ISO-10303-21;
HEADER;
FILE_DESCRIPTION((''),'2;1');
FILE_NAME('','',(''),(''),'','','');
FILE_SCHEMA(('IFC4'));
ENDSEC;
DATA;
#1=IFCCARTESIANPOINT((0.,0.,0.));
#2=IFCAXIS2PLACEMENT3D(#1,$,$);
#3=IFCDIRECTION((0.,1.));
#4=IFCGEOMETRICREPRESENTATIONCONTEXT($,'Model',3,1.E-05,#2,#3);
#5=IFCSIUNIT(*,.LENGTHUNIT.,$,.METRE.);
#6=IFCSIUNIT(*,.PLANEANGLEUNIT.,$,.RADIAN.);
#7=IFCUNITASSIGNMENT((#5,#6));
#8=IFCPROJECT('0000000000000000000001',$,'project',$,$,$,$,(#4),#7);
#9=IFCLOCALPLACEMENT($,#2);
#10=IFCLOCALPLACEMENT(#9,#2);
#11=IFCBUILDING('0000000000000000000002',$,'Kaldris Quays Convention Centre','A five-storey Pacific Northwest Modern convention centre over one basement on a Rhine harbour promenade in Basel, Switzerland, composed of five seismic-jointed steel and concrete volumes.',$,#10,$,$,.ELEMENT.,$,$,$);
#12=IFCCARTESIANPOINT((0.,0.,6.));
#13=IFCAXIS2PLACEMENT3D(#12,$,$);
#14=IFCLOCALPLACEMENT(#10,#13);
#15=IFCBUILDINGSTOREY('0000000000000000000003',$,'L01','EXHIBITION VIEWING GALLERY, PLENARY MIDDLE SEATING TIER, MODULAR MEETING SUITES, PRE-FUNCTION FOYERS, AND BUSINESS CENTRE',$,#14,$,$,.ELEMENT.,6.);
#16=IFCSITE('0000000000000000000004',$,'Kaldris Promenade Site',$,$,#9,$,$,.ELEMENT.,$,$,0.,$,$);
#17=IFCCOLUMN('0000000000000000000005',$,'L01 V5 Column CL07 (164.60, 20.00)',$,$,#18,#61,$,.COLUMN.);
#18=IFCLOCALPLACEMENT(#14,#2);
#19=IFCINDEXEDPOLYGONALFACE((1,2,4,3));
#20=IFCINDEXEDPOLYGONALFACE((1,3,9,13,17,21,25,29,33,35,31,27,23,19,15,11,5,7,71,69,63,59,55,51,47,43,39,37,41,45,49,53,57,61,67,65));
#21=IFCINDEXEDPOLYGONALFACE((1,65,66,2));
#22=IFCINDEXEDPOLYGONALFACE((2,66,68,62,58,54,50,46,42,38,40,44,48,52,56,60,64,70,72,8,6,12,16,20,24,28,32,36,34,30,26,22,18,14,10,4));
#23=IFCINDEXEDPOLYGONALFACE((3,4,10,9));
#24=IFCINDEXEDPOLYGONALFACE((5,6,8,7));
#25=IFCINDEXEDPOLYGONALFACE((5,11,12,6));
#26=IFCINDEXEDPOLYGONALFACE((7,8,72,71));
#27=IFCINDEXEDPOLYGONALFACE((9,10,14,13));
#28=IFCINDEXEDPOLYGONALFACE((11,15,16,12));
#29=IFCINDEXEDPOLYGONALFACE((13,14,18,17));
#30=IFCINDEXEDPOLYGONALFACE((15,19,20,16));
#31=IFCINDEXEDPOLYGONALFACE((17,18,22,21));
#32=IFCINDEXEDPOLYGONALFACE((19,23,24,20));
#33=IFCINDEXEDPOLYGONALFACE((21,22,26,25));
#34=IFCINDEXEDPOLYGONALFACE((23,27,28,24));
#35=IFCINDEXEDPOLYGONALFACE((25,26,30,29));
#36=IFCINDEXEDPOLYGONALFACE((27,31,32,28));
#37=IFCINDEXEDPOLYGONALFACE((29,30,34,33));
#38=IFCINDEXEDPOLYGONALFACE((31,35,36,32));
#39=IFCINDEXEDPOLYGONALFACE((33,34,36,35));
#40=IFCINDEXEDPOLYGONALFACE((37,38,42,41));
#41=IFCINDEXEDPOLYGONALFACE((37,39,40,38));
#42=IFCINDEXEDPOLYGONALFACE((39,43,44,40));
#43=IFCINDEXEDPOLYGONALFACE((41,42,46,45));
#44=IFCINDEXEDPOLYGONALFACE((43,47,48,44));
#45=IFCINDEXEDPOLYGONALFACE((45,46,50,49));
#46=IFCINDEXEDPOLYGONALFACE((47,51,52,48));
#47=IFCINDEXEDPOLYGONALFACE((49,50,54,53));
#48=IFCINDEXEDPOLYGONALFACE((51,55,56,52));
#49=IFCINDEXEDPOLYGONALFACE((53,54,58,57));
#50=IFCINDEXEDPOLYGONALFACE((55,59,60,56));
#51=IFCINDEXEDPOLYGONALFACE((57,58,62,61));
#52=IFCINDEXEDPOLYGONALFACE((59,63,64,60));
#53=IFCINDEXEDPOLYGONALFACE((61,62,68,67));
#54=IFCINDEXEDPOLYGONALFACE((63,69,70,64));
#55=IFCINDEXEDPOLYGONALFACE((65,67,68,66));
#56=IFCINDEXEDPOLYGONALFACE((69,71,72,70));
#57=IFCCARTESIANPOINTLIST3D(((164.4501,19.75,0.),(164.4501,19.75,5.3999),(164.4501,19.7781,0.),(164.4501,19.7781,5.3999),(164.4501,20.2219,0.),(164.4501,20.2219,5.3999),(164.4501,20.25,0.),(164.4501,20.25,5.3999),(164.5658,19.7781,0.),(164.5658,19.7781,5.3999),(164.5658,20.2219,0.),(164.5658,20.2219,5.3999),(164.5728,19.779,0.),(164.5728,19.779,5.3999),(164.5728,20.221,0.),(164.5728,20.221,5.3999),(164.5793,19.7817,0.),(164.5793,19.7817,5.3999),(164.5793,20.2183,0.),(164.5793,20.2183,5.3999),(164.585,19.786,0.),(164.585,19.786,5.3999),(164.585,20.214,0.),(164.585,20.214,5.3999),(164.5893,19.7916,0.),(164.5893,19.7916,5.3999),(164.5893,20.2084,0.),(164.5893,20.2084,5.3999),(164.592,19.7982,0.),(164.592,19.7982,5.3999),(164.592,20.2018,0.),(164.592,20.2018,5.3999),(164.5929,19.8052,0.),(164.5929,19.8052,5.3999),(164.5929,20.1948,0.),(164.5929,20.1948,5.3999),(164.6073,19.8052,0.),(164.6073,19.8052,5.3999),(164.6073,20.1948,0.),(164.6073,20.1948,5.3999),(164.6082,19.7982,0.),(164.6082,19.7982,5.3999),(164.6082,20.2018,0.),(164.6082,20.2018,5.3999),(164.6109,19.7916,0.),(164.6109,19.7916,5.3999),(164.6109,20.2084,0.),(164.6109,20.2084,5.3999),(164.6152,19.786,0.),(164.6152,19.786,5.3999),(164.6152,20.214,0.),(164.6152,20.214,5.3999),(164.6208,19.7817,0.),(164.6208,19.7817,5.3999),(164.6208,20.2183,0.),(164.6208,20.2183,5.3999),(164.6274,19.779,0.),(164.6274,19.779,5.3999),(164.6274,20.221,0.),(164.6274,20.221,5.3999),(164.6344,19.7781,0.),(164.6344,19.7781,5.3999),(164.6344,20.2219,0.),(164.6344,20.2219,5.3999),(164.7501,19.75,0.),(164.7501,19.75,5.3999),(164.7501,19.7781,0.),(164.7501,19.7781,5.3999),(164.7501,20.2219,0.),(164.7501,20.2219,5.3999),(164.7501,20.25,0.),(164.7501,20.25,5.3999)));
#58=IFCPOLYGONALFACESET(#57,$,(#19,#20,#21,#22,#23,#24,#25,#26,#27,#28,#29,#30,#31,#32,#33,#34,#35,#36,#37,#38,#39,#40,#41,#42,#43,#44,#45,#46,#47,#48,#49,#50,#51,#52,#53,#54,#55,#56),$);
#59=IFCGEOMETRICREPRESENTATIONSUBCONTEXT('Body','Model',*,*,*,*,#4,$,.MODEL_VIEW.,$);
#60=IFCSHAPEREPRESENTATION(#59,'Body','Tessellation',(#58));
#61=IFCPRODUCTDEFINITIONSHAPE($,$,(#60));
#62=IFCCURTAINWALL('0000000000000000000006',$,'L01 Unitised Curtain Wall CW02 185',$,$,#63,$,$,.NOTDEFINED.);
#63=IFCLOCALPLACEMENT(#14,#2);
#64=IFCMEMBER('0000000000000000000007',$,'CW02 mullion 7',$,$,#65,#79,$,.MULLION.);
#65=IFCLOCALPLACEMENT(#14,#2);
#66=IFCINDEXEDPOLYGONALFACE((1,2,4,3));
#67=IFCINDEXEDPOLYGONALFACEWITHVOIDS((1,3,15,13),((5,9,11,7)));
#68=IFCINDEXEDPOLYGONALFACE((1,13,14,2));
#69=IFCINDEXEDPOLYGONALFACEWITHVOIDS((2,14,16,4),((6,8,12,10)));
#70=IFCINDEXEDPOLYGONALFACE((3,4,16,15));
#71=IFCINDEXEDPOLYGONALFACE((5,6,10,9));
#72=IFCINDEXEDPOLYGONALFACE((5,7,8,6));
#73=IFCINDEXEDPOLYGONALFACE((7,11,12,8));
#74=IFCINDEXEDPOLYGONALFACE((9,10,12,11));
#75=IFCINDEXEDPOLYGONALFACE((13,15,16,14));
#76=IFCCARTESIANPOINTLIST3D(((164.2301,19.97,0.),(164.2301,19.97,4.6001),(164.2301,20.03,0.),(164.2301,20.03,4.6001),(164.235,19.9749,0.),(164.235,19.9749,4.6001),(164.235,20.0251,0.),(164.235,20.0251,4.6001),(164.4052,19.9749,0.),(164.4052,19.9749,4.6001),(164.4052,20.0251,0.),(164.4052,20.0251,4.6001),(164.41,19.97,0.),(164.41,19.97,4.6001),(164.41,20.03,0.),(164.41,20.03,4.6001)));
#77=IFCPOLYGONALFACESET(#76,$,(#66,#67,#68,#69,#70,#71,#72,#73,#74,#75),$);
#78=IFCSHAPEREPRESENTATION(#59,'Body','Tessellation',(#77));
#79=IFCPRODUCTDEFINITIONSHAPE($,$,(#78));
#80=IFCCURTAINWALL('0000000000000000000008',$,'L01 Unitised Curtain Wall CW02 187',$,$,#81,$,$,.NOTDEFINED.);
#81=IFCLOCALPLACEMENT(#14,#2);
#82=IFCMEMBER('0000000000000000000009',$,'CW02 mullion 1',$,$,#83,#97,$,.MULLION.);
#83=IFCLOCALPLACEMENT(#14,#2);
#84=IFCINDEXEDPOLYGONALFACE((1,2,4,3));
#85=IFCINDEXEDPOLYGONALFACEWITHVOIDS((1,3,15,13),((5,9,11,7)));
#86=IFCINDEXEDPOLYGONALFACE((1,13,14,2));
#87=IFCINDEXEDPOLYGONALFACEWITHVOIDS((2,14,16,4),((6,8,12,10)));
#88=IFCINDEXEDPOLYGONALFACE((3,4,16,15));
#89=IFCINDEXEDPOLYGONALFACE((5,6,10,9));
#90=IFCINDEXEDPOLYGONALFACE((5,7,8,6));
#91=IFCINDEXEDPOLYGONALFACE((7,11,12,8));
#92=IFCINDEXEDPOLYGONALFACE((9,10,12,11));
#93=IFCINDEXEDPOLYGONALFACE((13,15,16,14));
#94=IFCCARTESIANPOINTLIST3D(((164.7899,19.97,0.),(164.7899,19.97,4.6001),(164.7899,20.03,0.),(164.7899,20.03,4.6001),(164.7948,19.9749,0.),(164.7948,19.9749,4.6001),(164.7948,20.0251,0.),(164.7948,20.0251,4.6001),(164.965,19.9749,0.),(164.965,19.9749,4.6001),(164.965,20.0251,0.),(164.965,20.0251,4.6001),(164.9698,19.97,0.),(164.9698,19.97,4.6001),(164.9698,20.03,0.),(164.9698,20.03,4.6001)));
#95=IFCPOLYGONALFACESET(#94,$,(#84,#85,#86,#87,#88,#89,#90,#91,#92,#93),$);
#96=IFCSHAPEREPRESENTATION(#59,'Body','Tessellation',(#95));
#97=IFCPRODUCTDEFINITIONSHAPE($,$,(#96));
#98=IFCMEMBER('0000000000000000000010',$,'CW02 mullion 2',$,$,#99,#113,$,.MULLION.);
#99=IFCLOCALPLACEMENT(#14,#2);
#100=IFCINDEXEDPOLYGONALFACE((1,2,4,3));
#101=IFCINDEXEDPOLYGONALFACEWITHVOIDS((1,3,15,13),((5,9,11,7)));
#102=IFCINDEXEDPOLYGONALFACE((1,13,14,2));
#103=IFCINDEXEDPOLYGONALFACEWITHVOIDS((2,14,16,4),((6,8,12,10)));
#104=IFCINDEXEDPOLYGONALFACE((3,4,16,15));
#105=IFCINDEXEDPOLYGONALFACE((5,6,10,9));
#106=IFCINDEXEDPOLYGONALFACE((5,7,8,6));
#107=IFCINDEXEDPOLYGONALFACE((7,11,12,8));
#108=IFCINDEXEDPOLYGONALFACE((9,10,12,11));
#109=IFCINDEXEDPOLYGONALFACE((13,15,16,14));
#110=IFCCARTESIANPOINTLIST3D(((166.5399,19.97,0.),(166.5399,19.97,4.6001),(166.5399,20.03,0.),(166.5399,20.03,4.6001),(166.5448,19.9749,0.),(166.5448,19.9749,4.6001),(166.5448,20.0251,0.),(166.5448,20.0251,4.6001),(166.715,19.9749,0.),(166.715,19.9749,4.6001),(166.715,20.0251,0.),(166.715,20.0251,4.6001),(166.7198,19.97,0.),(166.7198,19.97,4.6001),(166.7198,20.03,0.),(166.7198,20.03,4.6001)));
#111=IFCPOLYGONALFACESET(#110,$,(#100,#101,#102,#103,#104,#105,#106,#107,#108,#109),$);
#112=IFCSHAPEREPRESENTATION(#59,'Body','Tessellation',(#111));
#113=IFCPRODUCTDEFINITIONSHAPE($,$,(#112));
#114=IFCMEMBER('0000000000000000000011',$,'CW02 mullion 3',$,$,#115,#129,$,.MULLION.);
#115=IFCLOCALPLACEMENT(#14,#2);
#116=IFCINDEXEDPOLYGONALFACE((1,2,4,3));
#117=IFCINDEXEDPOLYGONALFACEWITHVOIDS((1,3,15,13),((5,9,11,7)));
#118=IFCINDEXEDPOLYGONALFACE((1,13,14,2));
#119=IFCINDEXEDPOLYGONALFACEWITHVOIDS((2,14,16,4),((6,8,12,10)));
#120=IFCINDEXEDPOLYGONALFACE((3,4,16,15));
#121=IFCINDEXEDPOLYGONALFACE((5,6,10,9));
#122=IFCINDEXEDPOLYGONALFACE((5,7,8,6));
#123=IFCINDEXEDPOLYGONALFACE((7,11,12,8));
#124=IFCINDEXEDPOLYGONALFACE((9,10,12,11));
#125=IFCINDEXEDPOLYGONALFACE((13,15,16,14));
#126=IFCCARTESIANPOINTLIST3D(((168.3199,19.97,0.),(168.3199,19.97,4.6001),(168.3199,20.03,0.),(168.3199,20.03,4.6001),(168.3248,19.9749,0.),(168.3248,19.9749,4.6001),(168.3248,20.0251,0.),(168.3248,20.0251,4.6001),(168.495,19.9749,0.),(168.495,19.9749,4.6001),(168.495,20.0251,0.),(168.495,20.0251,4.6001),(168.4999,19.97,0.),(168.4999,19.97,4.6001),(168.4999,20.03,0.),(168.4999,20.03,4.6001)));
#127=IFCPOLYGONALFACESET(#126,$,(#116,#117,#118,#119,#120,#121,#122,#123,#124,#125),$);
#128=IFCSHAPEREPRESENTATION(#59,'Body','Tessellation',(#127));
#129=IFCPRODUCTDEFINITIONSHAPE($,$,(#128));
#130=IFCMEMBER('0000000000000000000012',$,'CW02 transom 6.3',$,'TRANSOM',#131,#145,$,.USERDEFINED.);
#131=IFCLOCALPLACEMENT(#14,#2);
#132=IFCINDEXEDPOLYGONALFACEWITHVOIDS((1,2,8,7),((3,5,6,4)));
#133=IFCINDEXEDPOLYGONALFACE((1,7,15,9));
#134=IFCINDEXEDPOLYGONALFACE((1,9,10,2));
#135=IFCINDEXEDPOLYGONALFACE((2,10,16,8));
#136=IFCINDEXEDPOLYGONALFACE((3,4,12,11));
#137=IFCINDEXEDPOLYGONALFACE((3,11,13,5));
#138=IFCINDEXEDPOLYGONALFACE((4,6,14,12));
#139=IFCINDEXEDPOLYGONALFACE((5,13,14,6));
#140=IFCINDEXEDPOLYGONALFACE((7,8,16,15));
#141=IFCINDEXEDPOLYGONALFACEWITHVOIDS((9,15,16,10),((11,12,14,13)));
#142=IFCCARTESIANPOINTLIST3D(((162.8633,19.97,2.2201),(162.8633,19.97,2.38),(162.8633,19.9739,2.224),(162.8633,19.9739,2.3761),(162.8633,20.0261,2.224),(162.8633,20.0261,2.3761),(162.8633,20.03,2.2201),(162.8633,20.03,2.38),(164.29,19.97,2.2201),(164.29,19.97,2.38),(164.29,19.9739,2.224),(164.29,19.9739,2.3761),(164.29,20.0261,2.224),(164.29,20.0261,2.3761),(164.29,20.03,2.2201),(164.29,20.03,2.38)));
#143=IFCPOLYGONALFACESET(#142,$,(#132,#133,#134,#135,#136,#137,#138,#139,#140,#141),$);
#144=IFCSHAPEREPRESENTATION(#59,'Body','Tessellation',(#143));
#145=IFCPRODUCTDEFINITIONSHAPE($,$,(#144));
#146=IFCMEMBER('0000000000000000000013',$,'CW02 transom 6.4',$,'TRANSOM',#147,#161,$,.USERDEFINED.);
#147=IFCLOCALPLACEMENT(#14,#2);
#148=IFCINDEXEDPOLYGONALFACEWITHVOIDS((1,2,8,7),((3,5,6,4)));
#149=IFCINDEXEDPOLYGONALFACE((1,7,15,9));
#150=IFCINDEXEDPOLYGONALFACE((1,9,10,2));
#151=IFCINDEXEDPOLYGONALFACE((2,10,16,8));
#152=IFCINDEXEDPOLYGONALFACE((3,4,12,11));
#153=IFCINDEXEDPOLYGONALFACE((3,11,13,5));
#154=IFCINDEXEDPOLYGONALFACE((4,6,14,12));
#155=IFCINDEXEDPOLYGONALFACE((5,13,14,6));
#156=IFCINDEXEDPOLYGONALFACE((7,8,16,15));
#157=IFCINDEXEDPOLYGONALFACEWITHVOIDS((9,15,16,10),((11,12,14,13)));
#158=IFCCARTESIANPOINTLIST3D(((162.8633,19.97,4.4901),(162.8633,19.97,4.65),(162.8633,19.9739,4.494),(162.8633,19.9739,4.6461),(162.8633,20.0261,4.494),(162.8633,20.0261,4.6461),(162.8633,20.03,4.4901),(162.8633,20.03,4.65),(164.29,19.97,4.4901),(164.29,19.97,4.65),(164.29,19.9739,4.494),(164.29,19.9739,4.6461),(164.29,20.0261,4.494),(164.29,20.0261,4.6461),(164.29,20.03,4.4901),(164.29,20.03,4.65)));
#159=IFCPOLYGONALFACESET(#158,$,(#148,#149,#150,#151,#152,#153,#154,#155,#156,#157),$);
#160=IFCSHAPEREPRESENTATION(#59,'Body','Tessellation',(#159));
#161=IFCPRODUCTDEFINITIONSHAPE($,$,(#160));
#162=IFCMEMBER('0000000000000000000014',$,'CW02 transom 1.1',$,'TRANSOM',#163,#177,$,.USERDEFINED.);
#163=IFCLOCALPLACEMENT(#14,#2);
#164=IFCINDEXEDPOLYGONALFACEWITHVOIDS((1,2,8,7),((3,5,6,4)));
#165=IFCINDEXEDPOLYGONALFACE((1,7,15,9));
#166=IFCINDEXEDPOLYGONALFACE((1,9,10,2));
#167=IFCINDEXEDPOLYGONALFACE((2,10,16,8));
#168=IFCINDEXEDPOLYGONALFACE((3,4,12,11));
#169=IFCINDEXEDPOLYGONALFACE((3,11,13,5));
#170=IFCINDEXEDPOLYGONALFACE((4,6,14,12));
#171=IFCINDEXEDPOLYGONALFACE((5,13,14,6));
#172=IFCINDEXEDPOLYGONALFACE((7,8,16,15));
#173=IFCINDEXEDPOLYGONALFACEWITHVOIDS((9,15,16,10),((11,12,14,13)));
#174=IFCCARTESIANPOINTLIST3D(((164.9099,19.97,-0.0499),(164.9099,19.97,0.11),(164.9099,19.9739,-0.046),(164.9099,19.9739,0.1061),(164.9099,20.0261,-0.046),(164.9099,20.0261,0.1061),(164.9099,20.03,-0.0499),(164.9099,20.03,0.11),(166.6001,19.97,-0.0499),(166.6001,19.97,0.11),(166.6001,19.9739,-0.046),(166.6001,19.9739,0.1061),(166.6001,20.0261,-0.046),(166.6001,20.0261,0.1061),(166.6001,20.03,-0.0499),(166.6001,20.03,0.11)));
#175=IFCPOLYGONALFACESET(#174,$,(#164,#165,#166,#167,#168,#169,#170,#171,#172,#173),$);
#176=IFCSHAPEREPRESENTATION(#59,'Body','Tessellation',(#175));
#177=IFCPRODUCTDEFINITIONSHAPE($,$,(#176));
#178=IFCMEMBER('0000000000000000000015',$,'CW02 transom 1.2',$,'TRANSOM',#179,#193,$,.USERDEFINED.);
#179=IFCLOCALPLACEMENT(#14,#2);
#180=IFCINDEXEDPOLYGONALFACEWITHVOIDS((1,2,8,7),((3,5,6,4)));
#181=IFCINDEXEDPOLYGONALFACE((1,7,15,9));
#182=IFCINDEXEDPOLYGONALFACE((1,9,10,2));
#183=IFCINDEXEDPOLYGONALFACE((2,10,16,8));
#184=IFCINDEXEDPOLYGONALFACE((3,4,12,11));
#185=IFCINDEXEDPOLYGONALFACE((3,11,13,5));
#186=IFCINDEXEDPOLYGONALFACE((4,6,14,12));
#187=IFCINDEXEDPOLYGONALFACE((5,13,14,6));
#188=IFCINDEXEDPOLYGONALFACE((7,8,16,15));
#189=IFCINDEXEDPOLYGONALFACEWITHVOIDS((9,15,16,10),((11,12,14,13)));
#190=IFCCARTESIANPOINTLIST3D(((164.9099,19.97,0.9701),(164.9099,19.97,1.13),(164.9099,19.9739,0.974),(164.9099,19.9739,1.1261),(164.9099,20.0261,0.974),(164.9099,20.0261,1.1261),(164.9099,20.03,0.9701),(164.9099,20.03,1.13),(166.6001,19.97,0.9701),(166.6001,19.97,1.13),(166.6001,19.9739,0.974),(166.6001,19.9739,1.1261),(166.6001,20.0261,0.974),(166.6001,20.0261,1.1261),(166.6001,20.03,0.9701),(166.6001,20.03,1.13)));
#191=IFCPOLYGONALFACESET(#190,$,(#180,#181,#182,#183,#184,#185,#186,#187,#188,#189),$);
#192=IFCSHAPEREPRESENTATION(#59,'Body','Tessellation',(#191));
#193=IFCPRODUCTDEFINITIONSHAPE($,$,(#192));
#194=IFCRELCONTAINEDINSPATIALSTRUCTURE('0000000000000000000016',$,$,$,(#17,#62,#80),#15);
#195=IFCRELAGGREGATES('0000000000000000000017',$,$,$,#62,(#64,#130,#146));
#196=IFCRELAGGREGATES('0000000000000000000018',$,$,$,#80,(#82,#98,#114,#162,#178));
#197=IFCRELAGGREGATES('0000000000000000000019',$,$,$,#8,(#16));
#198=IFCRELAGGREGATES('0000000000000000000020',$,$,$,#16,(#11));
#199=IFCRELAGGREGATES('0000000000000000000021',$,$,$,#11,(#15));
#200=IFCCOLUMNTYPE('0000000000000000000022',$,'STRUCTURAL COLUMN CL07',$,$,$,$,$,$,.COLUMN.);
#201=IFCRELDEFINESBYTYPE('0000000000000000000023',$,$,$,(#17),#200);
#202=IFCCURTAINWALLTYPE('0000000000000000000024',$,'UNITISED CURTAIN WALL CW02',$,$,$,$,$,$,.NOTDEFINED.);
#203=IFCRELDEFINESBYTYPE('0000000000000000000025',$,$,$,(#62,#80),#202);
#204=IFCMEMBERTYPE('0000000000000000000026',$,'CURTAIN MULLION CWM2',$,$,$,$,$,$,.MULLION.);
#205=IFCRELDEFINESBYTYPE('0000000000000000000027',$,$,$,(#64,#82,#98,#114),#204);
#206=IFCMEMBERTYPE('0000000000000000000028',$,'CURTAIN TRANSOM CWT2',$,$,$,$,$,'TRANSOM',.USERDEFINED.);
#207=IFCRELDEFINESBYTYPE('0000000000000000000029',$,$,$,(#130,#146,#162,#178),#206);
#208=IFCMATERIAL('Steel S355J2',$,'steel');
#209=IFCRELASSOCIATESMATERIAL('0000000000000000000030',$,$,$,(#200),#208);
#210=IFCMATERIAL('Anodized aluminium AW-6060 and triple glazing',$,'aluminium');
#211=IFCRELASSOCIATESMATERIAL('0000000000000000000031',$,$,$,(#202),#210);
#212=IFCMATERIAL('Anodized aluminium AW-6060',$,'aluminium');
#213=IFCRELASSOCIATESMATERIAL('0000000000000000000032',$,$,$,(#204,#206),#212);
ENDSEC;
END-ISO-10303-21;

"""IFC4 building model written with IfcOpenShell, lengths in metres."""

from ifc_helpers import new_model, si_unit, direction, frame, origin, origin_2d, place, context, subcontext, project, spatial, hollow_rectangle, i_section, extrude, material, material_profile, profile_set, type_object, element, aggregate, save


model = new_model("IFC4")

# Units and contexts
model_context = context("Model", 3, precision=1e-05, world=origin(), true_north=direction((0.0, 1.0)))
body_context = subcontext(model_context, "Body", "Model", "MODEL_VIEW")
ifc_project = project(units=[si_unit("LENGTHUNIT", "METRE"), si_unit("PLANEANGLEUNIT", "RADIAN")], contexts=[model_context])

# Site, building, storey
site_placement = place(None, origin())
site = spatial("IfcSite", under=ifc_project, at=site_placement, Name="Kaldris Promenade Site", CompositionType="ELEMENT", RefElevation=0.0)
building_placement = place(site_placement, origin())
building = spatial("IfcBuilding", under=site, at=building_placement, Name="Kaldris Quays Convention Centre", Description="A five-storey Pacific Northwest Modern convention centre over one basement on a Rhine harbour promenade in Basel, Switzerland, composed of five seismic-jointed steel and concrete volumes.", CompositionType="ELEMENT")
storey_placement = place(building_placement, frame((0.0, 0.0, 6.0)))
storey = spatial("IfcBuildingStorey", under=building, at=storey_placement, Name="L01", Description="EXHIBITION VIEWING GALLERY, PLENARY MIDDLE SEATING TIER, MODULAR MEETING SUITES, PRE-FUNCTION FOYERS, AND BUSINESS CENTRE", CompositionType="ELEMENT", Elevation=6.0)

# Column
ifc_material_1 = material(Name="Steel S355J2", Category="steel")
ifc_material_profile_1 = material_profile(ifc_material_1, i_section(OverallWidth=0.3, OverallDepth=0.5, WebThickness=0.0144, FlangeThickness=0.0281, FilletRadius=0.0271, at=origin_2d()), Name="HEB 500")
ifc_profile_set_1 = profile_set([ifc_material_profile_1], Name="Steel S355J2")
column_type = type_object("IfcColumnType", Name="STRUCTURAL COLUMN CL07", PredefinedType="COLUMN", material=ifc_profile_set_1)
column_placement = place(storey_placement, frame((164.6001, 20.0, 0.0), z_axis=(0.0, 0.0, 1.0), x_axis=(1.0, 0.0, 0.0)))
element("IfcColumn", 1, at=column_placement, inside=storey, type_object=column_type, Name="L01 V5 Column CL07 (164.60, 20.00)", PredefinedType="COLUMN", context=body_context, shape_type="SweptSolid", body=[
    extrude(i_section(OverallWidth=0.3, OverallDepth=0.5, WebThickness=0.0144, FlangeThickness=0.0281, FilletRadius=0.0271, at=origin_2d()), origin(), (0.0, 0.0, 1.0), 5.3999),
])

# Curtain wall, member
ifc_material_2 = material(Name="Anodized aluminium AW-6060 and triple glazing", Category="aluminium")
curtain_wall_type = type_object("IfcCurtainWallType", Name="UNITISED CURTAIN WALL CW02", PredefinedType="NOTDEFINED", material=ifc_material_2)
curtain_wall_1_placement = place(storey_placement, origin())
curtain_wall_1 = element("IfcCurtainWall", 2, at=curtain_wall_1_placement, inside=storey, type_object=curtain_wall_type, Name="L01 Unitised Curtain Wall CW02 185", PredefinedType="NOTDEFINED")
ifc_material_3 = material(Name="Anodized aluminium AW-6060", Category="aluminium")
ifc_material_profile_2 = material_profile(ifc_material_3, hollow_rectangle(XDim=0.0601, YDim=0.1799, WallThickness=0.0049, at=origin_2d()), Name="RHS 180x60x5")
ifc_profile_set_2 = profile_set([ifc_material_profile_2], Name="Anodized aluminium AW-6060")
member_type_1 = type_object("IfcMemberType", Name="CURTAIN MULLION CWM2", PredefinedType="MULLION", material=ifc_profile_set_2)
member_1_placement = place(storey_placement, frame((164.3201, 20.0, 0.0), z_axis=(0.0, 0.0, 1.0), x_axis=(0.0, 1.0, 0.0)))
member_1 = element("IfcMember", 3, at=member_1_placement, type_object=member_type_1, Name="CW02 mullion 7", PredefinedType="MULLION", context=body_context, shape_type="SweptSolid", body=[
    extrude(hollow_rectangle(XDim=0.0601, YDim=0.1799, WallThickness=0.0049, at=origin_2d()), origin(), (0.0, 0.0, 1.0), 4.6001),
])

# Curtain wall, members
curtain_wall_2_placement = place(storey_placement, origin())
curtain_wall_2 = element("IfcCurtainWall", 4, at=curtain_wall_2_placement, inside=storey, type_object=curtain_wall_type, Name="L01 Unitised Curtain Wall CW02 187", PredefinedType="NOTDEFINED")
member_2_placement = place(storey_placement, frame((164.8799, 20.0, 0.0), z_axis=(0.0, 0.0, 1.0), x_axis=(0.0, 1.0, 0.0)))
member_2 = element("IfcMember", 5, at=member_2_placement, type_object=member_type_1, Name="CW02 mullion 1", PredefinedType="MULLION", context=body_context, shape_type="SweptSolid", body=[
    extrude(hollow_rectangle(XDim=0.0601, YDim=0.1799, WallThickness=0.0049, at=origin_2d()), origin(), (0.0, 0.0, 1.0), 4.6001),
])
member_3_placement = place(storey_placement, frame((166.6299, 20.0, 0.0), z_axis=(0.0, 0.0, 1.0), x_axis=(0.0, 1.0, 0.0)))
member_3 = element("IfcMember", 6, at=member_3_placement, type_object=member_type_1, Name="CW02 mullion 2", PredefinedType="MULLION", context=body_context, shape_type="SweptSolid", body=[
    extrude(hollow_rectangle(XDim=0.0601, YDim=0.1799, WallThickness=0.0049, at=origin_2d()), origin(), (0.0, 0.0, 1.0), 4.6001),
])
member_4_placement = place(storey_placement, frame((168.4099, 20.0, 0.0), z_axis=(0.0, 0.0, 1.0), x_axis=(0.0, 1.0, 0.0)))
member_4 = element("IfcMember", 7, at=member_4_placement, type_object=member_type_1, Name="CW02 mullion 3", PredefinedType="MULLION", context=body_context, shape_type="SweptSolid", body=[
    extrude(hollow_rectangle(XDim=0.0601, YDim=0.1799, WallThickness=0.0049, at=origin_2d()), origin(), (0.0, 0.0, 1.0), 4.6001),
])

# Members
ifc_material_profile_3 = material_profile(ifc_material_3, hollow_rectangle(XDim=0.0601, YDim=0.1599, WallThickness=0.0039, at=origin_2d()), Name="RHS 160x60x4")
ifc_profile_set_3 = profile_set([ifc_material_profile_3], Name="Anodized aluminium AW-6060")
member_type_2 = type_object("IfcMemberType", Name="CURTAIN TRANSOM CWT2", ElementType="TRANSOM", PredefinedType="USERDEFINED", material=ifc_profile_set_3)
member_5_placement = place(storey_placement, frame((162.8633, 20.0, 2.3), z_axis=(1.0, 0.0, 0.0), x_axis=(0.0, 1.0, 0.0)))
member_5 = element("IfcMember", 8, at=member_5_placement, type_object=member_type_2, Name="CW02 transom 6.3", ObjectType="TRANSOM", PredefinedType="USERDEFINED", context=body_context, shape_type="SweptSolid", body=[
    extrude(hollow_rectangle(XDim=0.0601, YDim=0.1599, WallThickness=0.0039, at=origin_2d()), origin(), (0.0, 0.0, 1.0), 1.4268),
])
member_6_placement = place(storey_placement, frame((162.8633, 20.0, 4.5701), z_axis=(1.0, 0.0, 0.0), x_axis=(0.0, 1.0, 0.0)))
member_6 = element("IfcMember", 9, at=member_6_placement, type_object=member_type_2, Name="CW02 transom 6.4", ObjectType="TRANSOM", PredefinedType="USERDEFINED", context=body_context, shape_type="SweptSolid", body=[
    extrude(hollow_rectangle(XDim=0.0601, YDim=0.1599, WallThickness=0.0039, at=origin_2d()), origin(), (0.0, 0.0, 1.0), 1.4268),
])
member_7_placement = place(storey_placement, frame((164.9099, 20.0, 0.03), z_axis=(1.0, 0.0, 0.0), x_axis=(0.0, 1.0, 0.0)))
member_7 = element("IfcMember", 10, at=member_7_placement, type_object=member_type_2, Name="CW02 transom 1.1", ObjectType="TRANSOM", PredefinedType="USERDEFINED", context=body_context, shape_type="SweptSolid", body=[
    extrude(hollow_rectangle(XDim=0.0601, YDim=0.1599, WallThickness=0.0039, at=origin_2d()), origin(), (0.0, 0.0, 1.0), 1.6902),
])
member_8_placement = place(storey_placement, frame((164.9099, 20.0, 1.05), z_axis=(1.0, 0.0, 0.0), x_axis=(0.0, 1.0, 0.0)))
member_8 = element("IfcMember", 11, at=member_8_placement, type_object=member_type_2, Name="CW02 transom 1.2", ObjectType="TRANSOM", PredefinedType="USERDEFINED", context=body_context, shape_type="SweptSolid", body=[
    extrude(hollow_rectangle(XDim=0.0601, YDim=0.1599, WallThickness=0.0039, at=origin_2d()), origin(), (0.0, 0.0, 1.0), 1.6902),
])

aggregate(curtain_wall_1, [member_1, member_5, member_6])
aggregate(curtain_wall_2, [member_2, member_3, member_4, member_7, member_8])

save(model, "model.ifc")
